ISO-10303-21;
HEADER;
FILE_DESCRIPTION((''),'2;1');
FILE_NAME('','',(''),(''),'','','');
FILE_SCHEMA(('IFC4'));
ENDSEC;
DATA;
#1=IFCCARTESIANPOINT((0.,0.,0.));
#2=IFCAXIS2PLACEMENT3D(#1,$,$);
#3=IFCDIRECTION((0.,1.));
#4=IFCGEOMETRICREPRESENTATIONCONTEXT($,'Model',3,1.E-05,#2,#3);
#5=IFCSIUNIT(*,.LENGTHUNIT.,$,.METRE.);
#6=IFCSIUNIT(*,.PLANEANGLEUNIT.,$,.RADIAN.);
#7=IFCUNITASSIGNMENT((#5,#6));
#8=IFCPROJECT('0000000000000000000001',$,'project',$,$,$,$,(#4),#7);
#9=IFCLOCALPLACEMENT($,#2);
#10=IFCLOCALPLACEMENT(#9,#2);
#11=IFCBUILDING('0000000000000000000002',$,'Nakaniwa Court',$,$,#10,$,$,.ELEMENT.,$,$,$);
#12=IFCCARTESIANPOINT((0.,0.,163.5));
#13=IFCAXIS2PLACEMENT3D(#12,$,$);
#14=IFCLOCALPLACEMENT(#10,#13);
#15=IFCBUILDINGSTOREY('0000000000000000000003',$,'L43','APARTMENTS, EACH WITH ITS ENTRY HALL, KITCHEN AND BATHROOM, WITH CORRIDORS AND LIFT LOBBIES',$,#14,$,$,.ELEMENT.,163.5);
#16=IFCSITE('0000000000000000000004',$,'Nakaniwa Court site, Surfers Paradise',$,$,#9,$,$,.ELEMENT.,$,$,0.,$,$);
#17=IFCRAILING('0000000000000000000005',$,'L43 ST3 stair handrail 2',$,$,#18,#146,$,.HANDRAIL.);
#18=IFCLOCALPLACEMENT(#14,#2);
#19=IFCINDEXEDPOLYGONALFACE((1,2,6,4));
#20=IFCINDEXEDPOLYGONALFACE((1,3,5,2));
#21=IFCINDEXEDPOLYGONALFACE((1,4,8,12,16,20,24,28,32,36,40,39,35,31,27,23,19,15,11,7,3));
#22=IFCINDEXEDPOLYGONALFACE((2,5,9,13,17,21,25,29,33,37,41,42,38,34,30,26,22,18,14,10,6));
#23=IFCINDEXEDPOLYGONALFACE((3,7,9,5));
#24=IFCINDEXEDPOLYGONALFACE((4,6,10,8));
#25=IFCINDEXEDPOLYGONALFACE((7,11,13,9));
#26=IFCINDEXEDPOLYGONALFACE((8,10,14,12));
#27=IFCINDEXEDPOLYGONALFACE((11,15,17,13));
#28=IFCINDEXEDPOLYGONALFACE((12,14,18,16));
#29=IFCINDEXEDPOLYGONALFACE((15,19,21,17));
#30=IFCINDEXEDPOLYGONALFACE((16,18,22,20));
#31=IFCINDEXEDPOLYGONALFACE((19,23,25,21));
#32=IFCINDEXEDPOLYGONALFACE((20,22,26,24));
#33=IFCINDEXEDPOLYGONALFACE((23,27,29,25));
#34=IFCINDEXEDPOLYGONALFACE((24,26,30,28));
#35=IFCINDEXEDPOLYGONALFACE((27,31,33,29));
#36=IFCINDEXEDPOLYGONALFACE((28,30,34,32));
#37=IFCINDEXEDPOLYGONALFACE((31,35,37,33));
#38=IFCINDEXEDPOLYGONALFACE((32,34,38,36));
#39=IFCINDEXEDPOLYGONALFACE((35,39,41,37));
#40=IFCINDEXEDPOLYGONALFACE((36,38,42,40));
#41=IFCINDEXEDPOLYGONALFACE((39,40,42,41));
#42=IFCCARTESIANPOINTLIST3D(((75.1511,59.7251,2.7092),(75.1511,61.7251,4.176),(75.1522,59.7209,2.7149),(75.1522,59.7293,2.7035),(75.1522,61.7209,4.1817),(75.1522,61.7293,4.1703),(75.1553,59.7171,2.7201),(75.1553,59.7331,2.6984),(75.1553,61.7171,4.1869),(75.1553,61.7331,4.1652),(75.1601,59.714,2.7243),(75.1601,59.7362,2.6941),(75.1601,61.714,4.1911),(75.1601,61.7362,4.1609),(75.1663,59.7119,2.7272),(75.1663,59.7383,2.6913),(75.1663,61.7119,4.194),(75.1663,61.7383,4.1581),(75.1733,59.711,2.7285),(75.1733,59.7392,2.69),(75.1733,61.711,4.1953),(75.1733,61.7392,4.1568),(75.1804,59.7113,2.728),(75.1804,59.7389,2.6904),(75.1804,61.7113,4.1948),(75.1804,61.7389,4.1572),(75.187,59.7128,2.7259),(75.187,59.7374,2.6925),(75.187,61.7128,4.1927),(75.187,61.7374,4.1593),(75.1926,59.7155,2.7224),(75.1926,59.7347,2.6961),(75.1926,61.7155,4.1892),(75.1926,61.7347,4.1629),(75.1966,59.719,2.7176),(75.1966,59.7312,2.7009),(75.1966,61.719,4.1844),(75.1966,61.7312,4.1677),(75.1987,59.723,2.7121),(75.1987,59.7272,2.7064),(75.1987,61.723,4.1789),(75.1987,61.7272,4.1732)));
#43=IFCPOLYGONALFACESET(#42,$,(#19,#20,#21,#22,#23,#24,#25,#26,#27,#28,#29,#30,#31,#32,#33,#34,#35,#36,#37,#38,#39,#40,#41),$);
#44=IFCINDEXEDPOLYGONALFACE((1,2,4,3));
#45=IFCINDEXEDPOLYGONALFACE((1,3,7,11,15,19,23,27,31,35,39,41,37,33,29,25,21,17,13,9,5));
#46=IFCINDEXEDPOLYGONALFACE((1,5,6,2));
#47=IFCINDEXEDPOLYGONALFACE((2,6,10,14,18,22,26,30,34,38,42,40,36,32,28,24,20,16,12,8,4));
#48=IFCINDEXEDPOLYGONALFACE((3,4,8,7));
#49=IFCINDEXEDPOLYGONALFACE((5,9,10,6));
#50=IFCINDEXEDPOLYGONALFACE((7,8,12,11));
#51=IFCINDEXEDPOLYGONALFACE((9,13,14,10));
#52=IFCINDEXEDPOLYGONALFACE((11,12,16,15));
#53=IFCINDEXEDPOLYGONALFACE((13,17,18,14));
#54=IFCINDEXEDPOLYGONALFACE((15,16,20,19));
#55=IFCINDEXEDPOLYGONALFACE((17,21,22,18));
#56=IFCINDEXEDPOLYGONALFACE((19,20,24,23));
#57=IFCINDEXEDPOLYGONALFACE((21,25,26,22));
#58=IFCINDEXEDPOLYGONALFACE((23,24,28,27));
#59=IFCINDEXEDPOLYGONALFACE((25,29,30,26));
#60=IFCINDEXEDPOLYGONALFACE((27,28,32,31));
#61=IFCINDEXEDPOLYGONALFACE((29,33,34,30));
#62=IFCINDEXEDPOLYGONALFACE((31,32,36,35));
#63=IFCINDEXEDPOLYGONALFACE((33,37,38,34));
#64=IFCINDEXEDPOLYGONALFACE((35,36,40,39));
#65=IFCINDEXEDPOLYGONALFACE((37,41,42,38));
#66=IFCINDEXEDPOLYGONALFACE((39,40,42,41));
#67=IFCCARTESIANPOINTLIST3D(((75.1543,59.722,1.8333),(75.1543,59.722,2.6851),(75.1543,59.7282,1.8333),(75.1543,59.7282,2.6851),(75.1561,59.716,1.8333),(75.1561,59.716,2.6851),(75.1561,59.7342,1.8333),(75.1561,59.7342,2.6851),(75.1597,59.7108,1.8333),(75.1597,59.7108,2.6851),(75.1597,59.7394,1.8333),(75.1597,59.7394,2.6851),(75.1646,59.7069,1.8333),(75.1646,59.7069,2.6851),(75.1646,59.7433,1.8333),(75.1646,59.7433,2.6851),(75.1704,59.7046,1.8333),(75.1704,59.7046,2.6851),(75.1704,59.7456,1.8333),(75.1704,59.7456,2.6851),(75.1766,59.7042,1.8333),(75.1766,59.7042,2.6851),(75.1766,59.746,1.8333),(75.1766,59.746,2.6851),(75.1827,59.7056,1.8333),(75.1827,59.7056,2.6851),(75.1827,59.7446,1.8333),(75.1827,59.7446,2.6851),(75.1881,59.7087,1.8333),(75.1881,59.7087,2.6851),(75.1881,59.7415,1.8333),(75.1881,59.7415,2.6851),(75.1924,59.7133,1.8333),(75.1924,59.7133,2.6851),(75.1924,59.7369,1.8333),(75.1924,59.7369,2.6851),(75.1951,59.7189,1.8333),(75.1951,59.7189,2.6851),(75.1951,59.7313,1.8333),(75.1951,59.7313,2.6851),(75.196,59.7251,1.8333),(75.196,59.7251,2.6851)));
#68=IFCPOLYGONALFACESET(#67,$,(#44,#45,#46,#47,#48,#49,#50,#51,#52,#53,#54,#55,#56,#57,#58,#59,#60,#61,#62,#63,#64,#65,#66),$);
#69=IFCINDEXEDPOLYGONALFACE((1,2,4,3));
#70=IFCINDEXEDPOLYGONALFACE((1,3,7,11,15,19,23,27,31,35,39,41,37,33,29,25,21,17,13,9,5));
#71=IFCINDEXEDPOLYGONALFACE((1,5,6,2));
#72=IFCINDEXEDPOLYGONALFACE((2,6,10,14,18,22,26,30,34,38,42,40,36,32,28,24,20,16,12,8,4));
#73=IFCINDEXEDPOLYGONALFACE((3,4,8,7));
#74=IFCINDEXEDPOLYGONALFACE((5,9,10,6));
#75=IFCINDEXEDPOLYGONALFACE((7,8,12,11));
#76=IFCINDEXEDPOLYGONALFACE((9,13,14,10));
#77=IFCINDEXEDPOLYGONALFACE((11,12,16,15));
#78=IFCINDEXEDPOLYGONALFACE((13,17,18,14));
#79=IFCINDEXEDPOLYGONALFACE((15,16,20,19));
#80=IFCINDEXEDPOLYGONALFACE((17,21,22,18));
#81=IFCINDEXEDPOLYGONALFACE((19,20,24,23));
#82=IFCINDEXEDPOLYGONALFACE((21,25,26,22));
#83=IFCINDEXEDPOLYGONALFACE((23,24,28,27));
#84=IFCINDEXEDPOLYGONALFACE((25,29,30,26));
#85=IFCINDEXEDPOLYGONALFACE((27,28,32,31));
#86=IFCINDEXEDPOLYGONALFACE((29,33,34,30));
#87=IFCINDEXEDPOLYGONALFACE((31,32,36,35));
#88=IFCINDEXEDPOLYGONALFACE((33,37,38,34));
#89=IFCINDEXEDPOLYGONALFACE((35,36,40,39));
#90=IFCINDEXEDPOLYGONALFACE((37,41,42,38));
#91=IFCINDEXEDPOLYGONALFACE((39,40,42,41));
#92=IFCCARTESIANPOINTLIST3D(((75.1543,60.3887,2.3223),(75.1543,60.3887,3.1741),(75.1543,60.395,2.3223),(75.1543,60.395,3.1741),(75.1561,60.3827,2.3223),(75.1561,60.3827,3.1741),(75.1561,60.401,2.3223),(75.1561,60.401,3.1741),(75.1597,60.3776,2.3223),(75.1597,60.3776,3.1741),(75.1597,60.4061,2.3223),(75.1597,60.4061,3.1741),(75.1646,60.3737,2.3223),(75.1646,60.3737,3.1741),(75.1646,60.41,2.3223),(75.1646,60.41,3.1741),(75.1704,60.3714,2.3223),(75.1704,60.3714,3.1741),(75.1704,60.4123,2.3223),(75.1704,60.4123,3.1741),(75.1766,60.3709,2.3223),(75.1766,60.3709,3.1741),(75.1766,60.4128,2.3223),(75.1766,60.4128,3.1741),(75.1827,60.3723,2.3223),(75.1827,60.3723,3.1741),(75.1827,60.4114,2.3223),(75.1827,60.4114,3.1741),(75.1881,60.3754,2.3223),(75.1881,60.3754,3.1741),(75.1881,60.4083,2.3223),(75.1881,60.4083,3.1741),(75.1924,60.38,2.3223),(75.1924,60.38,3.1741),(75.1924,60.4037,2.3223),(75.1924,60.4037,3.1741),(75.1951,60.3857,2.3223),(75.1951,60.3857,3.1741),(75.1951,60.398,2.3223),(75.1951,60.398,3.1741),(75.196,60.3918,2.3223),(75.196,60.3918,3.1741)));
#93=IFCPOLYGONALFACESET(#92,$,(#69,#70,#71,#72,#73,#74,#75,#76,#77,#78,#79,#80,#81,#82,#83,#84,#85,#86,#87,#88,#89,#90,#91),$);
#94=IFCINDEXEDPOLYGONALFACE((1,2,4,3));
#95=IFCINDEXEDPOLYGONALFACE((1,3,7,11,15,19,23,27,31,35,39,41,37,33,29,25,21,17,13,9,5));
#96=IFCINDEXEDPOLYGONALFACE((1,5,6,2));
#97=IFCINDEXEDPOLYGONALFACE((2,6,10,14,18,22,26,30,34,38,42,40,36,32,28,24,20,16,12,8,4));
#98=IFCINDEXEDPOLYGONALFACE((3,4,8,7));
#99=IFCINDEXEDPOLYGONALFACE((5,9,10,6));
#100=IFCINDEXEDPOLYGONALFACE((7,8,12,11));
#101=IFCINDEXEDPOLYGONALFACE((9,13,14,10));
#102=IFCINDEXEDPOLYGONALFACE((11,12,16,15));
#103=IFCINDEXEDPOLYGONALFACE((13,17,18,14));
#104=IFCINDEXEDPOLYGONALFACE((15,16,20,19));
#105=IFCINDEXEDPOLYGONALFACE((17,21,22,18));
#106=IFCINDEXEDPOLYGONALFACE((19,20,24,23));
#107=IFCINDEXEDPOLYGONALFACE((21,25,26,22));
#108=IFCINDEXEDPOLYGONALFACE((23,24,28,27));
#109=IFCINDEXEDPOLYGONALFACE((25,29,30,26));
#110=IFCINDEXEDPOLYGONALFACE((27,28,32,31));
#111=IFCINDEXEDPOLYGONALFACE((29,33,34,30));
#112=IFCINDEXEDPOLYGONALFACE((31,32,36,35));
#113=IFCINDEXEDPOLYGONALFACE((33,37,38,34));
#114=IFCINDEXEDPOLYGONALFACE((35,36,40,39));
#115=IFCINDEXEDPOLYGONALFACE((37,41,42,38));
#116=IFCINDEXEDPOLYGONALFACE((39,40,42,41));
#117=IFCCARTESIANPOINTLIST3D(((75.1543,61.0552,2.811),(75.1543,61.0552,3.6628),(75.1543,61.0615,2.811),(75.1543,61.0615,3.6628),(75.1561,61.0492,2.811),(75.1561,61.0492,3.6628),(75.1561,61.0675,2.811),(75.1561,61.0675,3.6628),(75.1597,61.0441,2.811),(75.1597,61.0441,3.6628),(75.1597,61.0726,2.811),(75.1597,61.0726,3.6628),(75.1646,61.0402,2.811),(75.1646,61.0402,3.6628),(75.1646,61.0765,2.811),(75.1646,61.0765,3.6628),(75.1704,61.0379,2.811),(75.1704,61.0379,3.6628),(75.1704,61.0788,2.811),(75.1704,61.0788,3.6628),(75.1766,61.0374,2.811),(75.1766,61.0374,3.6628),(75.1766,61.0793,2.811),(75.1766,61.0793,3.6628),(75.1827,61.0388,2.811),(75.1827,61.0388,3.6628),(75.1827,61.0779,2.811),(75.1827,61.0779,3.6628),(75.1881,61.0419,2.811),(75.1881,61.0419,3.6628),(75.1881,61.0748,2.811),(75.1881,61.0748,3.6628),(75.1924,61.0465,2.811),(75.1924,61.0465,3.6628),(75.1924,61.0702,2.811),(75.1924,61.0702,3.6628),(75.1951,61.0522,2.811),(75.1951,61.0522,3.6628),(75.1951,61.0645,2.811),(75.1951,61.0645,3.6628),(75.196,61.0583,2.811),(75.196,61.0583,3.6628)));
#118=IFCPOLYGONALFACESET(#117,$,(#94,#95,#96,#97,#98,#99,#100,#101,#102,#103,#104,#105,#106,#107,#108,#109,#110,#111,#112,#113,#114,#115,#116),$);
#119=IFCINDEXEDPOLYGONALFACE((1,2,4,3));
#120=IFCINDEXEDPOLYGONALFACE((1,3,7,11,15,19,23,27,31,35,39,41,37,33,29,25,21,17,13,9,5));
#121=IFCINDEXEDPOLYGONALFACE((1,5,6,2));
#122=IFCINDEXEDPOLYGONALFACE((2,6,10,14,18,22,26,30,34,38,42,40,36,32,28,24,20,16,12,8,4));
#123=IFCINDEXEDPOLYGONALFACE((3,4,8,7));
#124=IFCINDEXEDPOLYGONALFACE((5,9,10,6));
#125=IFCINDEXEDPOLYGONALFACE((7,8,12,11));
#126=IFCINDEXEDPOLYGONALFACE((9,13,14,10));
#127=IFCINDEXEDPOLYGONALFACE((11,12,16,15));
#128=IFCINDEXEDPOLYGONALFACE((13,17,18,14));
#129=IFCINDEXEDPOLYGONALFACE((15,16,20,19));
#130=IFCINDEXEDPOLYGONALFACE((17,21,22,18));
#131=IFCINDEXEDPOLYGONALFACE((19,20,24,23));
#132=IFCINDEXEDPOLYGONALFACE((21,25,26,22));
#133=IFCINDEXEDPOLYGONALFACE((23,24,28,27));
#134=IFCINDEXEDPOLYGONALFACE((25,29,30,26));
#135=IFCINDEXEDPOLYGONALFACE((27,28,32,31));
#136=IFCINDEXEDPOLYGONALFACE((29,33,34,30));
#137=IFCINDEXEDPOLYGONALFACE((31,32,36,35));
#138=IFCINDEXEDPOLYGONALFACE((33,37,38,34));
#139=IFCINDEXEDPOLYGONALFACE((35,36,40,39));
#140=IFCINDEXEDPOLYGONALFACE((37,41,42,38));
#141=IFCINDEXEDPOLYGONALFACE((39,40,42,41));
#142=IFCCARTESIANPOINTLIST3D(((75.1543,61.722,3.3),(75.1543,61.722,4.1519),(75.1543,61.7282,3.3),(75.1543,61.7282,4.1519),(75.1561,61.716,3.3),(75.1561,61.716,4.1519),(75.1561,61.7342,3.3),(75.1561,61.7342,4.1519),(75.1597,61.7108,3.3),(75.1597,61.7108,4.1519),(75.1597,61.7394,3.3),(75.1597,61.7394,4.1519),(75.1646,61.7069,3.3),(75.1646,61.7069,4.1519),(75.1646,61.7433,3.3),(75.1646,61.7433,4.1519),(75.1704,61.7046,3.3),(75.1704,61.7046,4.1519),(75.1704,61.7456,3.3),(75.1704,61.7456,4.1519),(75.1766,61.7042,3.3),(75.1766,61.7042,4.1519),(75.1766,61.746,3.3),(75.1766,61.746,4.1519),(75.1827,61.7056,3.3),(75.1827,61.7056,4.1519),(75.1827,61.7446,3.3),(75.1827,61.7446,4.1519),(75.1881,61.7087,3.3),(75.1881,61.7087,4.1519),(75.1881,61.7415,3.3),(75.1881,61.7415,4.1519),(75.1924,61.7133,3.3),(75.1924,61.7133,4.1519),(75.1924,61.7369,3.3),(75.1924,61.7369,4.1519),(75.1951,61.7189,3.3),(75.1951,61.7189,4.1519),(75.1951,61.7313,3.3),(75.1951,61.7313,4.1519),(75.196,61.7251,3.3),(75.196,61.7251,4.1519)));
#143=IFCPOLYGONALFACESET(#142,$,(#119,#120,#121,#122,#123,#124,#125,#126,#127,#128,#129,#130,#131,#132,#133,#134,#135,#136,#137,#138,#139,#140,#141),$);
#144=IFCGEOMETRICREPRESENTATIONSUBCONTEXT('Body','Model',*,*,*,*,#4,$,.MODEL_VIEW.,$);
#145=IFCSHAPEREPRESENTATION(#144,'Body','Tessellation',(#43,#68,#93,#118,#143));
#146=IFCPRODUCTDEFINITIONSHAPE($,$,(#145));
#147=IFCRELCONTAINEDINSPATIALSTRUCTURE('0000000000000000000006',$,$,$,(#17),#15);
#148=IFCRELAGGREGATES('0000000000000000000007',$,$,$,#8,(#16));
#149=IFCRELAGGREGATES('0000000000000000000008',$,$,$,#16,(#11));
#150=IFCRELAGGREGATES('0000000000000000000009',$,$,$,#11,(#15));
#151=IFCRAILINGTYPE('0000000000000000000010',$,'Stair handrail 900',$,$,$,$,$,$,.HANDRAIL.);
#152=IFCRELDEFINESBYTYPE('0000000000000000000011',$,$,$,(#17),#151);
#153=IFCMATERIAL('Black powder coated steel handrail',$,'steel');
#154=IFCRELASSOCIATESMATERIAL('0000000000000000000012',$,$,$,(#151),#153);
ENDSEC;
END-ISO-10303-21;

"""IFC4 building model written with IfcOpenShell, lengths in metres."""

from ifc_helpers import new_model, si_unit, direction, frame, origin, origin_2d, place, context, subcontext, project, spatial, circle, extrude, material, type_object, element, save


model = new_model("IFC4")

# Units and contexts
model_context = context("Model", 3, precision=1e-05, world=origin(), true_north=direction((0.0, 1.0)))
body_context = subcontext(model_context, "Body", "Model", "MODEL_VIEW")
ifc_project = project(units=[si_unit("LENGTHUNIT", "METRE"), si_unit("PLANEANGLEUNIT", "RADIAN")], contexts=[model_context])

# Site, building, storey
site_placement = place(None, origin())
site = spatial("IfcSite", under=ifc_project, at=site_placement, Name="Nakaniwa Court site, Surfers Paradise", CompositionType="ELEMENT", RefElevation=0.0)
building_placement = place(site_placement, origin())
building = spatial("IfcBuilding", under=site, at=building_placement, Name="Nakaniwa Court", CompositionType="ELEMENT")
storey_placement = place(building_placement, frame((0.0, 0.0, 163.5)))
storey = spatial("IfcBuildingStorey", under=building, at=storey_placement, Name="L43", Description="APARTMENTS, EACH WITH ITS ENTRY HALL, KITCHEN AND BATHROOM, WITH CORRIDORS AND LIFT LOBBIES", CompositionType="ELEMENT", Elevation=163.5)

# Railing
ifc_material_1 = material(Name="Black powder coated steel handrail", Category="steel")
railing_type_1 = type_object("IfcRailingType", Name="Stair handrail 900", PredefinedType="HANDRAIL", material=ifc_material_1)
railing_1_placement = place(storey_placement, frame((75.175, 59.7251, 1.8333)))
element("IfcRailing", 1, at=railing_1_placement, inside=storey, type_object=railing_type_1, Name="L43 ST3 stair handrail 2", PredefinedType="HANDRAIL", context=body_context, shape_type="SweptSolid", body=[
    extrude(circle(Radius=0.0239, at=origin_2d()), frame((0.0, 0.0, 0.876), z_axis=(0.0, 0.80638, 0.591398), x_axis=(-1.0, 0.0, 0.0)), (0.0, 0.0, 1.0), 2.4802),
    extrude(circle(Radius=0.021, at=origin_2d()), origin(), (0.0, 0.0, 1.0), 0.8518),
    extrude(circle(Radius=0.021, at=origin_2d()), frame((0.0, 0.6667, 0.489)), (0.0, 0.0, 1.0), 0.8518),
    extrude(circle(Radius=0.021, at=origin_2d()), frame((0.0, 1.3333, 0.9778)), (0.0, 0.0, 1.0), 0.8518),
    extrude(circle(Radius=0.021, at=origin_2d()), frame((0.0, 2.0, 1.4668)), (0.0, 0.0, 1.0), 0.8518),
])

save(model, "model.ifc")
